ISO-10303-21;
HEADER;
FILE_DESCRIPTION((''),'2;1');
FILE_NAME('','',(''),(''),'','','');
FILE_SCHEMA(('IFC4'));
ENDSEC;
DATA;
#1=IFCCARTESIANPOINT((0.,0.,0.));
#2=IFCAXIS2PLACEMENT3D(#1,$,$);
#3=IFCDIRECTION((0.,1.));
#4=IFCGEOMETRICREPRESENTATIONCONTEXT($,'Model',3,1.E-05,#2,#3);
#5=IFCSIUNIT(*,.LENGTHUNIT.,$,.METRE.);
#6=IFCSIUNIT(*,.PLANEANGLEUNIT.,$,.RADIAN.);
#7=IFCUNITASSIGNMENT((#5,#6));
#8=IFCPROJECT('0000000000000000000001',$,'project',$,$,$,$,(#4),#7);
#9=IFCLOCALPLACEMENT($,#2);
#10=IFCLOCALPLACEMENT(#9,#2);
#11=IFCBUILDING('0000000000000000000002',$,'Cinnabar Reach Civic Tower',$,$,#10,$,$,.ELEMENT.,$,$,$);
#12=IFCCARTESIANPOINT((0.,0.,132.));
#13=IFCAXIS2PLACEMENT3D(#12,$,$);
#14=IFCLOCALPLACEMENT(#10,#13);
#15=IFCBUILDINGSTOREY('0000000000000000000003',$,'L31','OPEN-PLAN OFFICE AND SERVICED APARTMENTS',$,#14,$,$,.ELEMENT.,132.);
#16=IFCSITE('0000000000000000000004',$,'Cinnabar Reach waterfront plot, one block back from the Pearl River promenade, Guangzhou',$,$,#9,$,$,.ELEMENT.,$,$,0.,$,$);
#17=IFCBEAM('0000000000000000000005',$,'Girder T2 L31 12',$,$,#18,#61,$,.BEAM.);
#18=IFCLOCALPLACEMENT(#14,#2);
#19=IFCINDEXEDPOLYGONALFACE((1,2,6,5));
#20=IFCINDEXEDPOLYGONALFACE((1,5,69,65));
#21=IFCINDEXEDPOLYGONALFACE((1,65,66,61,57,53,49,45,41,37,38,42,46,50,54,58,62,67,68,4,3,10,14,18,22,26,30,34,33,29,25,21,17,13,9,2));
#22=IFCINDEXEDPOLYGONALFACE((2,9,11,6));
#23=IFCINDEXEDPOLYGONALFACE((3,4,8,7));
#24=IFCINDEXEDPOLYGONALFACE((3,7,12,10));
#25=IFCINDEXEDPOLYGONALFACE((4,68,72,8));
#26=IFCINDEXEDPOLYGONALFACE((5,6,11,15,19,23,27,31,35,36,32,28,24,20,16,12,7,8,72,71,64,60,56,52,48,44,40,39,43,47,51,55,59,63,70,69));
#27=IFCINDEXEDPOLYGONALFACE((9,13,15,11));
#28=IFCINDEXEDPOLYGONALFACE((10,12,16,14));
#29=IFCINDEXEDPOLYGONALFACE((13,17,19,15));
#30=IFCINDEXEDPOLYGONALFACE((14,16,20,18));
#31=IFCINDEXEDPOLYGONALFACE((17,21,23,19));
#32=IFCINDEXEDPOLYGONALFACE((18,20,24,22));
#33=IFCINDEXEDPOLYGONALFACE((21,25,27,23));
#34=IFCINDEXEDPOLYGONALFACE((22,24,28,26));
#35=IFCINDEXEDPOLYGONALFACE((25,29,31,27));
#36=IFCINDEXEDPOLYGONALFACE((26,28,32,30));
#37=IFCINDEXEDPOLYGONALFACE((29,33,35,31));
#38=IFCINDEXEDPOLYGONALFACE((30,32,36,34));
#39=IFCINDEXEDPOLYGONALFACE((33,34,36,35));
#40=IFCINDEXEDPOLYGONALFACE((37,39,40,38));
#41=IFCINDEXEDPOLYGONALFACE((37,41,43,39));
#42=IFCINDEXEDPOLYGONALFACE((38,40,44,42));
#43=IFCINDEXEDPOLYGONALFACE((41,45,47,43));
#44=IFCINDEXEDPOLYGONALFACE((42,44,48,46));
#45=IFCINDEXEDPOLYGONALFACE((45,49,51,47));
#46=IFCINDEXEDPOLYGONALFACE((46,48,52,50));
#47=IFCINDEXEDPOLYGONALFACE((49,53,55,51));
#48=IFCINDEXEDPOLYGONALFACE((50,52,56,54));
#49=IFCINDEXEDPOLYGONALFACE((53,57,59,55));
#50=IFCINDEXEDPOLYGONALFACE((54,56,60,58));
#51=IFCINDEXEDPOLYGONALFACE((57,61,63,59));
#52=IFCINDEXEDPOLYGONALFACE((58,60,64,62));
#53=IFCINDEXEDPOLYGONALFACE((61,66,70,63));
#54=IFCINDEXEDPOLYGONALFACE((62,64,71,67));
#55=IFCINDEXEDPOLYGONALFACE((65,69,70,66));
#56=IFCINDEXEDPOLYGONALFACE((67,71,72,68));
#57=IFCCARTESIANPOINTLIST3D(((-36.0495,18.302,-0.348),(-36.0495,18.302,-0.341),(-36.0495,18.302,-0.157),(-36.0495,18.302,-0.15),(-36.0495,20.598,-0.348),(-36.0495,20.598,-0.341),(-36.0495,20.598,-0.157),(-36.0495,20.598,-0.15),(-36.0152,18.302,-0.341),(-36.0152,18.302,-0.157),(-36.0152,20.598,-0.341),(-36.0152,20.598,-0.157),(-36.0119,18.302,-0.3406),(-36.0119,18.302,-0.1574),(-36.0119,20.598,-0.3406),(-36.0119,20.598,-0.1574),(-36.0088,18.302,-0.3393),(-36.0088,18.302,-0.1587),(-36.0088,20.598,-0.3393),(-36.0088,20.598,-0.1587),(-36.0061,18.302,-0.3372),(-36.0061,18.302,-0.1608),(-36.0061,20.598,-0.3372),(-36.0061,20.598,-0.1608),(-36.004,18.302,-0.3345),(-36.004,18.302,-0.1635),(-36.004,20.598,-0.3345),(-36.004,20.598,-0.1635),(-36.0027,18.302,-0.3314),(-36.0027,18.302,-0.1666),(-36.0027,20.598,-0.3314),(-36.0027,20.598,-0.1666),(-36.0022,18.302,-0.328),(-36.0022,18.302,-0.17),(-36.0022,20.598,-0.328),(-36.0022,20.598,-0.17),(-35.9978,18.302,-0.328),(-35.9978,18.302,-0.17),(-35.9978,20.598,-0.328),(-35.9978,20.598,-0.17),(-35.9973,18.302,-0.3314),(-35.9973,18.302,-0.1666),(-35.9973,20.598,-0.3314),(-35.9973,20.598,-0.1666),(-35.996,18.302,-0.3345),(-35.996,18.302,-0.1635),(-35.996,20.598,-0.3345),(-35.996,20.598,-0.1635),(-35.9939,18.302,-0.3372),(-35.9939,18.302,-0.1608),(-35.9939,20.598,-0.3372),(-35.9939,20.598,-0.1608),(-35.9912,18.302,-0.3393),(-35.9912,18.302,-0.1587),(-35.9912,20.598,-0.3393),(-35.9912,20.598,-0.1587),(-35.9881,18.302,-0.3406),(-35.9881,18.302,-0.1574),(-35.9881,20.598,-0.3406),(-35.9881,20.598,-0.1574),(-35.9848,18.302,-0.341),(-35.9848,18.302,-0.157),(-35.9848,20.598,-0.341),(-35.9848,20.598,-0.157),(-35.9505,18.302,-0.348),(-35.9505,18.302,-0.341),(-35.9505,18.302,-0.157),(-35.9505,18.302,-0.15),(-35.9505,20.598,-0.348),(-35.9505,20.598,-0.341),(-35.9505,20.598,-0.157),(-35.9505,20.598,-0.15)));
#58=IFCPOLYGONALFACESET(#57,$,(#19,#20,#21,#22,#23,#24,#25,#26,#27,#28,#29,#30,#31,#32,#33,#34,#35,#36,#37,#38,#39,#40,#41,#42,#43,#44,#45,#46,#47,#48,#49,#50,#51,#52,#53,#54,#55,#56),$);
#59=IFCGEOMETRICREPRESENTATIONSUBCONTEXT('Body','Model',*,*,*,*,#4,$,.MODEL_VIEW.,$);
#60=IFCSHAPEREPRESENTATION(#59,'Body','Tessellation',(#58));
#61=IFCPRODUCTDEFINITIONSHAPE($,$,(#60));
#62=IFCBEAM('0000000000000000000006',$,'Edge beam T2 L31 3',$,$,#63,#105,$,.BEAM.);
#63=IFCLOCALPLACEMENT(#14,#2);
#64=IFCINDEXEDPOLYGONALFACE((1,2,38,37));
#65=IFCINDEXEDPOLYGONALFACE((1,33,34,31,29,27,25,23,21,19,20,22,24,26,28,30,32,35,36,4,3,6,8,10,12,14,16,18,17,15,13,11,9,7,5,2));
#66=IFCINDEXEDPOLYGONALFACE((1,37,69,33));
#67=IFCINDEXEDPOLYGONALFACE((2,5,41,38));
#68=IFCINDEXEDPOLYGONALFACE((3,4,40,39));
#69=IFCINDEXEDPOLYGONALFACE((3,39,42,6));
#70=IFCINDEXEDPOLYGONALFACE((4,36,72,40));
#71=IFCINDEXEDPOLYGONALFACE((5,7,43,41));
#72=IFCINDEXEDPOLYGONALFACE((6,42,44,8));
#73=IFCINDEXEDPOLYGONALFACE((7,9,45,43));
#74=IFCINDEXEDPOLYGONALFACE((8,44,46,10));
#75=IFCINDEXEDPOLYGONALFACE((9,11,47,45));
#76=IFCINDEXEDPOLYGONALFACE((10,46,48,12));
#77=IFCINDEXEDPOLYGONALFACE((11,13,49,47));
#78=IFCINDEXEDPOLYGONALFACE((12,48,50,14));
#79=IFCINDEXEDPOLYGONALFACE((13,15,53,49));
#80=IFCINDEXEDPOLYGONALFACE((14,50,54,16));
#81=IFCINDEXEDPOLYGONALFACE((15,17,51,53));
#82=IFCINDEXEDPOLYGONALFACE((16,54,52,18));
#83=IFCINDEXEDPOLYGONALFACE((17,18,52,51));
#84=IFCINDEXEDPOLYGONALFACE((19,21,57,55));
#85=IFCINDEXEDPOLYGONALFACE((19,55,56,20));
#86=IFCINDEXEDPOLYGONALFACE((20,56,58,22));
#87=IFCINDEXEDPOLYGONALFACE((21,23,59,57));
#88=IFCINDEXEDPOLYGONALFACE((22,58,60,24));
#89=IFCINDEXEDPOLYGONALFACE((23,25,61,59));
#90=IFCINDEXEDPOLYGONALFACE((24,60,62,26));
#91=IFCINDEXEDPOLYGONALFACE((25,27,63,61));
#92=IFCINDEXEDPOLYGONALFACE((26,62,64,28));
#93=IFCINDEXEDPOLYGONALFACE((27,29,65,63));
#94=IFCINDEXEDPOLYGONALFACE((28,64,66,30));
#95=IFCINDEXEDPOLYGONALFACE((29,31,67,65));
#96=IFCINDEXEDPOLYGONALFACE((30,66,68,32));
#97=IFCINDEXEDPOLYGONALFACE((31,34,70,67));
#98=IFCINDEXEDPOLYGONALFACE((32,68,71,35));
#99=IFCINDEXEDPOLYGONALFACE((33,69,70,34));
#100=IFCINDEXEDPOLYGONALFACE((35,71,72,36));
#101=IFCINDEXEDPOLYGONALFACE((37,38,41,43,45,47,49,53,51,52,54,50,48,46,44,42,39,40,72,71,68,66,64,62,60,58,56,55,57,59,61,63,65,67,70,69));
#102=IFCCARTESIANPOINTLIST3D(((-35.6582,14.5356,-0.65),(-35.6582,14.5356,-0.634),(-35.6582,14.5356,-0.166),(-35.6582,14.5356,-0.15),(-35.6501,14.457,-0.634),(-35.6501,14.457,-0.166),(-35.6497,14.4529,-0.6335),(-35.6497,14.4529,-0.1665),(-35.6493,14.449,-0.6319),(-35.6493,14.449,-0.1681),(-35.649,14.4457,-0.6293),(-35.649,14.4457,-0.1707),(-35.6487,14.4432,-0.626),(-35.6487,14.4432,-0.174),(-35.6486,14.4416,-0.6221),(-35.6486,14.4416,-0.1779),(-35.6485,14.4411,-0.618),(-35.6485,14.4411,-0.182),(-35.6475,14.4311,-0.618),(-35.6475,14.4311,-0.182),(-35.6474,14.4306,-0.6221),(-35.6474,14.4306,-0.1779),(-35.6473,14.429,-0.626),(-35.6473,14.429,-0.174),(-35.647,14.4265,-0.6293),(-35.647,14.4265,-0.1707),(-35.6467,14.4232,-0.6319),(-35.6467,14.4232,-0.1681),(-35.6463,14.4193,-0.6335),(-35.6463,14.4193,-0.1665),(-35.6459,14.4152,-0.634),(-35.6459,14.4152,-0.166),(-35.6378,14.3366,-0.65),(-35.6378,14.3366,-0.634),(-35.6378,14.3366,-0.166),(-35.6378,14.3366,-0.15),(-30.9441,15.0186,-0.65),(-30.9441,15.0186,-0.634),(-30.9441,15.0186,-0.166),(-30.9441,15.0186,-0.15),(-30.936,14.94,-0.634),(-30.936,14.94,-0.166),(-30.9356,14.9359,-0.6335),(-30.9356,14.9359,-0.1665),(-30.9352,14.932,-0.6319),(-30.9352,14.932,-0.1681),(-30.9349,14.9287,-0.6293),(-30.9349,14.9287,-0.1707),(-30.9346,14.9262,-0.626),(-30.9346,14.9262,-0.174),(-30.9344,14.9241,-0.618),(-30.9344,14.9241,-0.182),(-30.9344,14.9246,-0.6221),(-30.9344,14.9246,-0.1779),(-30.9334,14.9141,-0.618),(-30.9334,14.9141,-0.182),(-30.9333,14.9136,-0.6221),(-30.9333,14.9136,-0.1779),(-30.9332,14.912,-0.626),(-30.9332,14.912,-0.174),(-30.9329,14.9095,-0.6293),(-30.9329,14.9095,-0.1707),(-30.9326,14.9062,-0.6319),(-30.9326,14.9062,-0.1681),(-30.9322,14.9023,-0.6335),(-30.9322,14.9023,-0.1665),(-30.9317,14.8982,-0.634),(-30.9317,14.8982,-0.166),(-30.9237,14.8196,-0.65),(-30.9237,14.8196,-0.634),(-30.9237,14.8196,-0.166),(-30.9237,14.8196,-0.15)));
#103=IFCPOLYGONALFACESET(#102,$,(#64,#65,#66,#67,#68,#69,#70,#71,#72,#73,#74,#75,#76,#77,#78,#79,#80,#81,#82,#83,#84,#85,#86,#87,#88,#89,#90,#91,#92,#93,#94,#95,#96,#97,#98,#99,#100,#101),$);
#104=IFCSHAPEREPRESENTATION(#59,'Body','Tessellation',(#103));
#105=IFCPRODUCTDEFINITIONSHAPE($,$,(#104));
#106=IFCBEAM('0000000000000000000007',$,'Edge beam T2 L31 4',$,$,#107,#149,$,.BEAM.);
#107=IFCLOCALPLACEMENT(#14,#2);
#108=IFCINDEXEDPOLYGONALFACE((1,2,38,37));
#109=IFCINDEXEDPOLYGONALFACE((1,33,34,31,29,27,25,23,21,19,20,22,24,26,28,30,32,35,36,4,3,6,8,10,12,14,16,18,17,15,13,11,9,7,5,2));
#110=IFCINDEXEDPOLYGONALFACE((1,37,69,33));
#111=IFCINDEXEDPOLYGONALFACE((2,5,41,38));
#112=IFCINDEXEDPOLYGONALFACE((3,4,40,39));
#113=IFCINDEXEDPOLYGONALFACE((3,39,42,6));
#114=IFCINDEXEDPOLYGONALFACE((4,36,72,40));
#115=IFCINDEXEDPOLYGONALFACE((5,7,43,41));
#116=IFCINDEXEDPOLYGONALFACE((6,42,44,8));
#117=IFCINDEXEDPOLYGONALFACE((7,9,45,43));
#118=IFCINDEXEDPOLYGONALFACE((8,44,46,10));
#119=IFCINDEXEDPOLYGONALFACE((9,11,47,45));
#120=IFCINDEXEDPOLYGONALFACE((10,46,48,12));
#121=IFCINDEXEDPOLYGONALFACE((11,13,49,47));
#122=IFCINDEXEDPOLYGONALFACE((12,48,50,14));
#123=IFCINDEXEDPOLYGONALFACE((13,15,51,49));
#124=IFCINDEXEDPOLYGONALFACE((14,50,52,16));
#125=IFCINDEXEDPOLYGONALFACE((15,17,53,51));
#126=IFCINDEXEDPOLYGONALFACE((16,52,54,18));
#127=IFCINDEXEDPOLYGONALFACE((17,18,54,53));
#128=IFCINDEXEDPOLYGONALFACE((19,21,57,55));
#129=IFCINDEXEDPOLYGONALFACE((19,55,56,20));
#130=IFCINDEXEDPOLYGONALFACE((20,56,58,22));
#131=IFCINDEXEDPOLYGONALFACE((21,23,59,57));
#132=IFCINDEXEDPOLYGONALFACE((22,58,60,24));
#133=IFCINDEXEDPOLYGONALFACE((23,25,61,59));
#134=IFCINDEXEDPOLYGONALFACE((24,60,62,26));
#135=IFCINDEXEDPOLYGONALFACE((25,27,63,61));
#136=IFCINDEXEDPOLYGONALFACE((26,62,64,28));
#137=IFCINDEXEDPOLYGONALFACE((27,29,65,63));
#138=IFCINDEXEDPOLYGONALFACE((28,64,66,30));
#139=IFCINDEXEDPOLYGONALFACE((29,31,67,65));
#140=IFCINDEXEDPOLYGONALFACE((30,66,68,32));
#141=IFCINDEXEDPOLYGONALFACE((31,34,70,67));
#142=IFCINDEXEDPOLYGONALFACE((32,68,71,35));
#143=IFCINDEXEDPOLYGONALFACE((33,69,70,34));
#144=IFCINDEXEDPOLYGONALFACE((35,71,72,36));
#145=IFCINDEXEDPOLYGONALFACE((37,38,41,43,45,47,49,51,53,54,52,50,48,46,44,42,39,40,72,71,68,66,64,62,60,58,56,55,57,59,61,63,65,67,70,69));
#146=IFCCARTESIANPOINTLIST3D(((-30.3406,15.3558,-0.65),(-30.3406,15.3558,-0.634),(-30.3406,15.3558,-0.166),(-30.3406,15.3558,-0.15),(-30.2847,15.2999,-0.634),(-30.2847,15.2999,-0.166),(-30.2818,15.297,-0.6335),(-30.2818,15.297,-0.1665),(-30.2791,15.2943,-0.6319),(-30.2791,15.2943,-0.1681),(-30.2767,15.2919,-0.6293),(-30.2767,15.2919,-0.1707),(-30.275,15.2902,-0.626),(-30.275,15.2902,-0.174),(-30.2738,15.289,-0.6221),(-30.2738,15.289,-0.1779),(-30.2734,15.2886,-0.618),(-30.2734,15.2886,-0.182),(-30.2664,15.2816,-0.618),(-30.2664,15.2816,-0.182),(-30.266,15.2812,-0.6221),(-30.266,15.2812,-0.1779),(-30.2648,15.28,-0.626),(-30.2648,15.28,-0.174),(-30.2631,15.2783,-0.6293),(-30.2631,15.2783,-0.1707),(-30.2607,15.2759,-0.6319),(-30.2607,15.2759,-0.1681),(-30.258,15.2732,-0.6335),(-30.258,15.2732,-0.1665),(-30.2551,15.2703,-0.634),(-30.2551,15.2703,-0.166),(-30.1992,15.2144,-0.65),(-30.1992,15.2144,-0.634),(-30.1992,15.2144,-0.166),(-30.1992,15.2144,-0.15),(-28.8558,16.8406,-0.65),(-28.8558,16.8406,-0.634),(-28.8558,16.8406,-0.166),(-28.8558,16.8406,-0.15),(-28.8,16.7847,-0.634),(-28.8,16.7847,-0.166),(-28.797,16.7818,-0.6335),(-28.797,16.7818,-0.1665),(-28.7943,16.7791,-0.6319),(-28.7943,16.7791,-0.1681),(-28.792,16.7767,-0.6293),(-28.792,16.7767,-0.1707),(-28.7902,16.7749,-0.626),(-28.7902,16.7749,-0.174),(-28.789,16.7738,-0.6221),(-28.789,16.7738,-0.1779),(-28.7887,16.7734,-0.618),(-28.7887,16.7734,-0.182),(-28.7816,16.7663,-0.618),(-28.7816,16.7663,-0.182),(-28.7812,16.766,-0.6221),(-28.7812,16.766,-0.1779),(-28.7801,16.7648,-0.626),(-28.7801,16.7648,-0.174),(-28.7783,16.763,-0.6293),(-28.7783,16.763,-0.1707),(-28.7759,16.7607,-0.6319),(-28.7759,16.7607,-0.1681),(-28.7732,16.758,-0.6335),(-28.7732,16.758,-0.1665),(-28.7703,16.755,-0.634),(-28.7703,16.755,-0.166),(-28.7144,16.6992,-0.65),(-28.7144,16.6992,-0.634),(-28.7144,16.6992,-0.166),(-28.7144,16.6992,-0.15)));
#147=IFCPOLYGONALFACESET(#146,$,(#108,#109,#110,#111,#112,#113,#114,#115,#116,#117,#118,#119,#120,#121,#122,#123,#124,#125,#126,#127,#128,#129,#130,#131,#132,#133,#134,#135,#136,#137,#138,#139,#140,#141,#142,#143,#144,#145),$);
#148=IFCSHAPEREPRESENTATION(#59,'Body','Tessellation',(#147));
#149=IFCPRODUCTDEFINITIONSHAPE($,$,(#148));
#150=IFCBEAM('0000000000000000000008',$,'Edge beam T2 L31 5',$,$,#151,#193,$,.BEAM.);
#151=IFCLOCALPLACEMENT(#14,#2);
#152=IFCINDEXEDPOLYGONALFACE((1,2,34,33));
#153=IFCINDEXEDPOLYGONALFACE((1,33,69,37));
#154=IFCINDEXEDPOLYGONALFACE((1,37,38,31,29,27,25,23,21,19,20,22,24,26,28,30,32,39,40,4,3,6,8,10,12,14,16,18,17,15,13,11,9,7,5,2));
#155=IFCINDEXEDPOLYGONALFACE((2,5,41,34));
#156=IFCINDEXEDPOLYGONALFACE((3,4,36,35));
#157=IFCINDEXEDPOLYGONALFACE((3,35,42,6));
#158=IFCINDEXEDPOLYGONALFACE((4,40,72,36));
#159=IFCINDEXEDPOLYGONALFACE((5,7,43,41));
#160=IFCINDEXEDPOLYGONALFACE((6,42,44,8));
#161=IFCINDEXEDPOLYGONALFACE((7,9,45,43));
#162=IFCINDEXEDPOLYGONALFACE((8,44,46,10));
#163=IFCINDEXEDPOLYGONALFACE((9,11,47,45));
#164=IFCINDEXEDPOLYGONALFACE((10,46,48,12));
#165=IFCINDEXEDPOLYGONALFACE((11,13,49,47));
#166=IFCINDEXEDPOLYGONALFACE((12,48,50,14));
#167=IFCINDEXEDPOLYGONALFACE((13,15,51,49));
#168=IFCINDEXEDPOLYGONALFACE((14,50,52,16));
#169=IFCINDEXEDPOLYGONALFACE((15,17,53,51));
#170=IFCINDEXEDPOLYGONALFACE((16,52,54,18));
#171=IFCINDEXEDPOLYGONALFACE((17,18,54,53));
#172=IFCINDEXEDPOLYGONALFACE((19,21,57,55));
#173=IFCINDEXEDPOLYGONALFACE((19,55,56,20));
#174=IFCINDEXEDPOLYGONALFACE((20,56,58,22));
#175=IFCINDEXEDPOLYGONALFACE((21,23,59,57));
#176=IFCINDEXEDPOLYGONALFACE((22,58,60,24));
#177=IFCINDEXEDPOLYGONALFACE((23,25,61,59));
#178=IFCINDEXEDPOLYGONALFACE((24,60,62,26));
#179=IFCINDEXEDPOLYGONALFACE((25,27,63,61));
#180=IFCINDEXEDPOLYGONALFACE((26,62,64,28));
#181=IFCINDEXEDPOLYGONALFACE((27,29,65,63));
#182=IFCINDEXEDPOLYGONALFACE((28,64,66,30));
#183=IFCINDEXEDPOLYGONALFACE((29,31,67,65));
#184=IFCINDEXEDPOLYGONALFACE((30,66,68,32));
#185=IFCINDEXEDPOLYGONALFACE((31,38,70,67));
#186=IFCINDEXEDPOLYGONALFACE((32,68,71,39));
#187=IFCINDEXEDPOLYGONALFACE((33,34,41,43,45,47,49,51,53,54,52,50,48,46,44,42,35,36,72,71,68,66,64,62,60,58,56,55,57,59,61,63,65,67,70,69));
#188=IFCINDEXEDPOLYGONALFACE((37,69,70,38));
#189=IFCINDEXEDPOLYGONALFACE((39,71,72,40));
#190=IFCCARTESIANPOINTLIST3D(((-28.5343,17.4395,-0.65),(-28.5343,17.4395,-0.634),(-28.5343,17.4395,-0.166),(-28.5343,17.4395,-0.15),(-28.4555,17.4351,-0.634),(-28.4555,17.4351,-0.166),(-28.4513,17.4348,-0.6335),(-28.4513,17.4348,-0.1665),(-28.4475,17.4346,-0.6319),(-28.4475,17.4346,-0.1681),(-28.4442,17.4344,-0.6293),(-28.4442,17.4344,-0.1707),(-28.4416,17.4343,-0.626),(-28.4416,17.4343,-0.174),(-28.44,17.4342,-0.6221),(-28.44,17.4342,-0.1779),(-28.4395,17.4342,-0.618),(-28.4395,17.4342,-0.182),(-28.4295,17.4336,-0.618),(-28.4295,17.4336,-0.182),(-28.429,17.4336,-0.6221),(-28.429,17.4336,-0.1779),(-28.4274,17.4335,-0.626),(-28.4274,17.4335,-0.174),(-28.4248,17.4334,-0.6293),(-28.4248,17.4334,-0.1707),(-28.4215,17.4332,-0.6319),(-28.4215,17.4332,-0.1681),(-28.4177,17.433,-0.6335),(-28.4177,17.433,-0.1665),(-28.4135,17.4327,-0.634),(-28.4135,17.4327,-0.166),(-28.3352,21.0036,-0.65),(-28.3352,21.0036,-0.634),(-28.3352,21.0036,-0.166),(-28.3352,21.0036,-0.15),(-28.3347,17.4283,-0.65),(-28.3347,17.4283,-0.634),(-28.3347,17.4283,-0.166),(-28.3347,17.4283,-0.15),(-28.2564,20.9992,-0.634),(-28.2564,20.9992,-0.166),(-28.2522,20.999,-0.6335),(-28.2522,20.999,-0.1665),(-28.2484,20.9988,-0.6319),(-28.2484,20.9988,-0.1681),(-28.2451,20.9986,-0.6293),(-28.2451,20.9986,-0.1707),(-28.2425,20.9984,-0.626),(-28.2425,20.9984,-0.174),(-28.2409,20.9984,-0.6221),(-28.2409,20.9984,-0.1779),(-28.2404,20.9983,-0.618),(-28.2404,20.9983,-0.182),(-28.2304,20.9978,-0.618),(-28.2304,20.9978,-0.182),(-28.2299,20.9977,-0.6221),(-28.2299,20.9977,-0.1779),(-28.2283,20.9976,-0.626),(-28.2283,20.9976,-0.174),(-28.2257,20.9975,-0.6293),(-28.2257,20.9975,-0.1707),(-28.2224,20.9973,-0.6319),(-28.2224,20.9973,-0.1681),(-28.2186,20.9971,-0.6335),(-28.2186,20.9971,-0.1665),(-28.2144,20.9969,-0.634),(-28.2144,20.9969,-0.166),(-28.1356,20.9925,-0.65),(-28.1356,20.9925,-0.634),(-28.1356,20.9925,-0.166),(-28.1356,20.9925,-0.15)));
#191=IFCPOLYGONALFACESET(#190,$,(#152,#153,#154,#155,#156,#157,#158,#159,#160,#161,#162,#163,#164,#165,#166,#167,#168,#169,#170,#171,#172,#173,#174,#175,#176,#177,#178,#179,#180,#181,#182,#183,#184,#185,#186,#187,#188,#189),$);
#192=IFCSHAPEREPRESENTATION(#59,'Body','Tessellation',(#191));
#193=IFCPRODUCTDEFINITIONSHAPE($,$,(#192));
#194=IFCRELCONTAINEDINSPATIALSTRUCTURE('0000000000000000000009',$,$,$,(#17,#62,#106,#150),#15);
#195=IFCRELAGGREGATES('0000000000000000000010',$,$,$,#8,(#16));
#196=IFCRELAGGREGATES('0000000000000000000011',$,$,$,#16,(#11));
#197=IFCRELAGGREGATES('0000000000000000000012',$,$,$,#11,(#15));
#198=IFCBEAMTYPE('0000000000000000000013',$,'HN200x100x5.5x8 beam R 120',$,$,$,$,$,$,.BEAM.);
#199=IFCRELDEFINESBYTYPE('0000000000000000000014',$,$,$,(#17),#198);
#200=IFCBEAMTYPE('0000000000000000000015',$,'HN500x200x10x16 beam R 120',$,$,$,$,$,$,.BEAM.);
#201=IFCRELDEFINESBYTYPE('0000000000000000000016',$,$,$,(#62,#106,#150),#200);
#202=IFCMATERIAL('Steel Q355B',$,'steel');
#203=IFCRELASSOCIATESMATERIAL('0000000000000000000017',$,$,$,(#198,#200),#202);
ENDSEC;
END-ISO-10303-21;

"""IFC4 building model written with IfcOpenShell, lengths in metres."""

from ifc_helpers import new_model, si_unit, direction, frame, origin, origin_2d, place, context, subcontext, project, spatial, i_section, extrude, material, material_profile, profile_set, type_object, element, save


model = new_model("IFC4")

# Units and contexts
model_context = context("Model", 3, precision=1e-05, world=origin(), true_north=direction((0.0, 1.0)))
body_context = subcontext(model_context, "Body", "Model", "MODEL_VIEW")
ifc_project = project(units=[si_unit("LENGTHUNIT", "METRE"), si_unit("PLANEANGLEUNIT", "RADIAN")], contexts=[model_context])

# Site, building, storey
site_placement = place(None, origin())
site = spatial("IfcSite", under=ifc_project, at=site_placement, Name="Cinnabar Reach waterfront plot, one block back from the Pearl River promenade, Guangzhou", CompositionType="ELEMENT", RefElevation=0.0)
building_placement = place(site_placement, origin())
building = spatial("IfcBuilding", under=site, at=building_placement, Name="Cinnabar Reach Civic Tower", CompositionType="ELEMENT")
storey_placement = place(building_placement, frame((0.0, 0.0, 132.0)))
storey = spatial("IfcBuildingStorey", under=building, at=storey_placement, Name="L31", Description="OPEN-PLAN OFFICE AND SERVICED APARTMENTS", CompositionType="ELEMENT", Elevation=132.0)

# Beams
ifc_material_1 = material(Name="Steel Q355B", Category="steel")
ifc_material_profile_1 = material_profile(ifc_material_1, i_section(OverallWidth=0.099, OverallDepth=0.198, WebThickness=0.0045, FlangeThickness=0.007, FilletRadius=0.013, at=origin_2d()), Name="HN200x100x5.5x8")
ifc_profile_set_1 = profile_set([ifc_material_profile_1], Name="Steel Q355B")
beam_type_1 = type_object("IfcBeamType", Name="HN200x100x5.5x8 beam R 120", PredefinedType="BEAM", material=ifc_profile_set_1)
beam_1_placement = place(storey_placement, frame((-36.0, 18.302, -0.249), z_axis=(0.0, 1.0, 0.0), x_axis=(-1.0, 0.0, 0.0)))
element("IfcBeam", 1, at=beam_1_placement, inside=storey, type_object=beam_type_1, Name="Girder T2 L31 12", PredefinedType="BEAM", context=body_context, shape_type="SweptSolid", body=[
    extrude(i_section(OverallWidth=0.099, OverallDepth=0.198, WebThickness=0.0045, FlangeThickness=0.007, FilletRadius=0.013, at=origin_2d()), origin(), (0.0, 0.0, 1.0), 2.296),
])
ifc_material_profile_2 = material_profile(ifc_material_1, i_section(OverallWidth=0.2, OverallDepth=0.5, WebThickness=0.01, FlangeThickness=0.016, FilletRadius=0.016, at=origin_2d()), Name="HN500x200x10x16")
ifc_profile_set_2 = profile_set([ifc_material_profile_2], Name="Steel Q355B")
beam_type_2 = type_object("IfcBeamType", Name="HN500x200x10x16 beam R 120", PredefinedType="BEAM", material=ifc_profile_set_2)
beam_2_placement = place(storey_placement, frame((-35.648, 14.4361, -0.4), z_axis=(0.994792, 0.101925, 0.0), x_axis=(-0.101925, 0.994792, 0.0)))
element("IfcBeam", 2, at=beam_2_placement, inside=storey, type_object=beam_type_2, Name="Edge beam T2 L31 3", PredefinedType="BEAM", context=body_context, shape_type="SweptSolid", body=[
    extrude(i_section(OverallWidth=0.2, OverallDepth=0.5, WebThickness=0.01, FlangeThickness=0.016, FilletRadius=0.016, at=origin_2d()), origin(), (0.0, 0.0, 1.0), 4.7388),
])
beam_3_placement = place(storey_placement, frame((-30.2699, 15.2851, -0.4), z_axis=(0.707107, 0.707107, 0.0), x_axis=(-0.707107, 0.707107, 0.0)))
element("IfcBeam", 3, at=beam_3_placement, inside=storey, type_object=beam_type_2, Name="Edge beam T2 L31 4", PredefinedType="BEAM", context=body_context, shape_type="SweptSolid", body=[
    extrude(i_section(OverallWidth=0.2, OverallDepth=0.5, WebThickness=0.01, FlangeThickness=0.016, FilletRadius=0.016, at=origin_2d()), origin(), (0.0, 0.0, 1.0), 2.0998),
])
beam_4_placement = place(storey_placement, frame((-28.4345, 17.4339, -0.4), z_axis=(0.055776, 0.998443, 0.0), x_axis=(-0.998443, 0.055776, 0.0)))
element("IfcBeam", 4, at=beam_4_placement, inside=storey, type_object=beam_type_2, Name="Edge beam T2 L31 5", PredefinedType="BEAM", context=body_context, shape_type="SweptSolid", body=[
    extrude(i_section(OverallWidth=0.2, OverallDepth=0.5, WebThickness=0.01, FlangeThickness=0.016, FilletRadius=0.016, at=origin_2d()), origin(), (0.0, 0.0, 1.0), 3.5697),
])

save(model, "model.ifc")
